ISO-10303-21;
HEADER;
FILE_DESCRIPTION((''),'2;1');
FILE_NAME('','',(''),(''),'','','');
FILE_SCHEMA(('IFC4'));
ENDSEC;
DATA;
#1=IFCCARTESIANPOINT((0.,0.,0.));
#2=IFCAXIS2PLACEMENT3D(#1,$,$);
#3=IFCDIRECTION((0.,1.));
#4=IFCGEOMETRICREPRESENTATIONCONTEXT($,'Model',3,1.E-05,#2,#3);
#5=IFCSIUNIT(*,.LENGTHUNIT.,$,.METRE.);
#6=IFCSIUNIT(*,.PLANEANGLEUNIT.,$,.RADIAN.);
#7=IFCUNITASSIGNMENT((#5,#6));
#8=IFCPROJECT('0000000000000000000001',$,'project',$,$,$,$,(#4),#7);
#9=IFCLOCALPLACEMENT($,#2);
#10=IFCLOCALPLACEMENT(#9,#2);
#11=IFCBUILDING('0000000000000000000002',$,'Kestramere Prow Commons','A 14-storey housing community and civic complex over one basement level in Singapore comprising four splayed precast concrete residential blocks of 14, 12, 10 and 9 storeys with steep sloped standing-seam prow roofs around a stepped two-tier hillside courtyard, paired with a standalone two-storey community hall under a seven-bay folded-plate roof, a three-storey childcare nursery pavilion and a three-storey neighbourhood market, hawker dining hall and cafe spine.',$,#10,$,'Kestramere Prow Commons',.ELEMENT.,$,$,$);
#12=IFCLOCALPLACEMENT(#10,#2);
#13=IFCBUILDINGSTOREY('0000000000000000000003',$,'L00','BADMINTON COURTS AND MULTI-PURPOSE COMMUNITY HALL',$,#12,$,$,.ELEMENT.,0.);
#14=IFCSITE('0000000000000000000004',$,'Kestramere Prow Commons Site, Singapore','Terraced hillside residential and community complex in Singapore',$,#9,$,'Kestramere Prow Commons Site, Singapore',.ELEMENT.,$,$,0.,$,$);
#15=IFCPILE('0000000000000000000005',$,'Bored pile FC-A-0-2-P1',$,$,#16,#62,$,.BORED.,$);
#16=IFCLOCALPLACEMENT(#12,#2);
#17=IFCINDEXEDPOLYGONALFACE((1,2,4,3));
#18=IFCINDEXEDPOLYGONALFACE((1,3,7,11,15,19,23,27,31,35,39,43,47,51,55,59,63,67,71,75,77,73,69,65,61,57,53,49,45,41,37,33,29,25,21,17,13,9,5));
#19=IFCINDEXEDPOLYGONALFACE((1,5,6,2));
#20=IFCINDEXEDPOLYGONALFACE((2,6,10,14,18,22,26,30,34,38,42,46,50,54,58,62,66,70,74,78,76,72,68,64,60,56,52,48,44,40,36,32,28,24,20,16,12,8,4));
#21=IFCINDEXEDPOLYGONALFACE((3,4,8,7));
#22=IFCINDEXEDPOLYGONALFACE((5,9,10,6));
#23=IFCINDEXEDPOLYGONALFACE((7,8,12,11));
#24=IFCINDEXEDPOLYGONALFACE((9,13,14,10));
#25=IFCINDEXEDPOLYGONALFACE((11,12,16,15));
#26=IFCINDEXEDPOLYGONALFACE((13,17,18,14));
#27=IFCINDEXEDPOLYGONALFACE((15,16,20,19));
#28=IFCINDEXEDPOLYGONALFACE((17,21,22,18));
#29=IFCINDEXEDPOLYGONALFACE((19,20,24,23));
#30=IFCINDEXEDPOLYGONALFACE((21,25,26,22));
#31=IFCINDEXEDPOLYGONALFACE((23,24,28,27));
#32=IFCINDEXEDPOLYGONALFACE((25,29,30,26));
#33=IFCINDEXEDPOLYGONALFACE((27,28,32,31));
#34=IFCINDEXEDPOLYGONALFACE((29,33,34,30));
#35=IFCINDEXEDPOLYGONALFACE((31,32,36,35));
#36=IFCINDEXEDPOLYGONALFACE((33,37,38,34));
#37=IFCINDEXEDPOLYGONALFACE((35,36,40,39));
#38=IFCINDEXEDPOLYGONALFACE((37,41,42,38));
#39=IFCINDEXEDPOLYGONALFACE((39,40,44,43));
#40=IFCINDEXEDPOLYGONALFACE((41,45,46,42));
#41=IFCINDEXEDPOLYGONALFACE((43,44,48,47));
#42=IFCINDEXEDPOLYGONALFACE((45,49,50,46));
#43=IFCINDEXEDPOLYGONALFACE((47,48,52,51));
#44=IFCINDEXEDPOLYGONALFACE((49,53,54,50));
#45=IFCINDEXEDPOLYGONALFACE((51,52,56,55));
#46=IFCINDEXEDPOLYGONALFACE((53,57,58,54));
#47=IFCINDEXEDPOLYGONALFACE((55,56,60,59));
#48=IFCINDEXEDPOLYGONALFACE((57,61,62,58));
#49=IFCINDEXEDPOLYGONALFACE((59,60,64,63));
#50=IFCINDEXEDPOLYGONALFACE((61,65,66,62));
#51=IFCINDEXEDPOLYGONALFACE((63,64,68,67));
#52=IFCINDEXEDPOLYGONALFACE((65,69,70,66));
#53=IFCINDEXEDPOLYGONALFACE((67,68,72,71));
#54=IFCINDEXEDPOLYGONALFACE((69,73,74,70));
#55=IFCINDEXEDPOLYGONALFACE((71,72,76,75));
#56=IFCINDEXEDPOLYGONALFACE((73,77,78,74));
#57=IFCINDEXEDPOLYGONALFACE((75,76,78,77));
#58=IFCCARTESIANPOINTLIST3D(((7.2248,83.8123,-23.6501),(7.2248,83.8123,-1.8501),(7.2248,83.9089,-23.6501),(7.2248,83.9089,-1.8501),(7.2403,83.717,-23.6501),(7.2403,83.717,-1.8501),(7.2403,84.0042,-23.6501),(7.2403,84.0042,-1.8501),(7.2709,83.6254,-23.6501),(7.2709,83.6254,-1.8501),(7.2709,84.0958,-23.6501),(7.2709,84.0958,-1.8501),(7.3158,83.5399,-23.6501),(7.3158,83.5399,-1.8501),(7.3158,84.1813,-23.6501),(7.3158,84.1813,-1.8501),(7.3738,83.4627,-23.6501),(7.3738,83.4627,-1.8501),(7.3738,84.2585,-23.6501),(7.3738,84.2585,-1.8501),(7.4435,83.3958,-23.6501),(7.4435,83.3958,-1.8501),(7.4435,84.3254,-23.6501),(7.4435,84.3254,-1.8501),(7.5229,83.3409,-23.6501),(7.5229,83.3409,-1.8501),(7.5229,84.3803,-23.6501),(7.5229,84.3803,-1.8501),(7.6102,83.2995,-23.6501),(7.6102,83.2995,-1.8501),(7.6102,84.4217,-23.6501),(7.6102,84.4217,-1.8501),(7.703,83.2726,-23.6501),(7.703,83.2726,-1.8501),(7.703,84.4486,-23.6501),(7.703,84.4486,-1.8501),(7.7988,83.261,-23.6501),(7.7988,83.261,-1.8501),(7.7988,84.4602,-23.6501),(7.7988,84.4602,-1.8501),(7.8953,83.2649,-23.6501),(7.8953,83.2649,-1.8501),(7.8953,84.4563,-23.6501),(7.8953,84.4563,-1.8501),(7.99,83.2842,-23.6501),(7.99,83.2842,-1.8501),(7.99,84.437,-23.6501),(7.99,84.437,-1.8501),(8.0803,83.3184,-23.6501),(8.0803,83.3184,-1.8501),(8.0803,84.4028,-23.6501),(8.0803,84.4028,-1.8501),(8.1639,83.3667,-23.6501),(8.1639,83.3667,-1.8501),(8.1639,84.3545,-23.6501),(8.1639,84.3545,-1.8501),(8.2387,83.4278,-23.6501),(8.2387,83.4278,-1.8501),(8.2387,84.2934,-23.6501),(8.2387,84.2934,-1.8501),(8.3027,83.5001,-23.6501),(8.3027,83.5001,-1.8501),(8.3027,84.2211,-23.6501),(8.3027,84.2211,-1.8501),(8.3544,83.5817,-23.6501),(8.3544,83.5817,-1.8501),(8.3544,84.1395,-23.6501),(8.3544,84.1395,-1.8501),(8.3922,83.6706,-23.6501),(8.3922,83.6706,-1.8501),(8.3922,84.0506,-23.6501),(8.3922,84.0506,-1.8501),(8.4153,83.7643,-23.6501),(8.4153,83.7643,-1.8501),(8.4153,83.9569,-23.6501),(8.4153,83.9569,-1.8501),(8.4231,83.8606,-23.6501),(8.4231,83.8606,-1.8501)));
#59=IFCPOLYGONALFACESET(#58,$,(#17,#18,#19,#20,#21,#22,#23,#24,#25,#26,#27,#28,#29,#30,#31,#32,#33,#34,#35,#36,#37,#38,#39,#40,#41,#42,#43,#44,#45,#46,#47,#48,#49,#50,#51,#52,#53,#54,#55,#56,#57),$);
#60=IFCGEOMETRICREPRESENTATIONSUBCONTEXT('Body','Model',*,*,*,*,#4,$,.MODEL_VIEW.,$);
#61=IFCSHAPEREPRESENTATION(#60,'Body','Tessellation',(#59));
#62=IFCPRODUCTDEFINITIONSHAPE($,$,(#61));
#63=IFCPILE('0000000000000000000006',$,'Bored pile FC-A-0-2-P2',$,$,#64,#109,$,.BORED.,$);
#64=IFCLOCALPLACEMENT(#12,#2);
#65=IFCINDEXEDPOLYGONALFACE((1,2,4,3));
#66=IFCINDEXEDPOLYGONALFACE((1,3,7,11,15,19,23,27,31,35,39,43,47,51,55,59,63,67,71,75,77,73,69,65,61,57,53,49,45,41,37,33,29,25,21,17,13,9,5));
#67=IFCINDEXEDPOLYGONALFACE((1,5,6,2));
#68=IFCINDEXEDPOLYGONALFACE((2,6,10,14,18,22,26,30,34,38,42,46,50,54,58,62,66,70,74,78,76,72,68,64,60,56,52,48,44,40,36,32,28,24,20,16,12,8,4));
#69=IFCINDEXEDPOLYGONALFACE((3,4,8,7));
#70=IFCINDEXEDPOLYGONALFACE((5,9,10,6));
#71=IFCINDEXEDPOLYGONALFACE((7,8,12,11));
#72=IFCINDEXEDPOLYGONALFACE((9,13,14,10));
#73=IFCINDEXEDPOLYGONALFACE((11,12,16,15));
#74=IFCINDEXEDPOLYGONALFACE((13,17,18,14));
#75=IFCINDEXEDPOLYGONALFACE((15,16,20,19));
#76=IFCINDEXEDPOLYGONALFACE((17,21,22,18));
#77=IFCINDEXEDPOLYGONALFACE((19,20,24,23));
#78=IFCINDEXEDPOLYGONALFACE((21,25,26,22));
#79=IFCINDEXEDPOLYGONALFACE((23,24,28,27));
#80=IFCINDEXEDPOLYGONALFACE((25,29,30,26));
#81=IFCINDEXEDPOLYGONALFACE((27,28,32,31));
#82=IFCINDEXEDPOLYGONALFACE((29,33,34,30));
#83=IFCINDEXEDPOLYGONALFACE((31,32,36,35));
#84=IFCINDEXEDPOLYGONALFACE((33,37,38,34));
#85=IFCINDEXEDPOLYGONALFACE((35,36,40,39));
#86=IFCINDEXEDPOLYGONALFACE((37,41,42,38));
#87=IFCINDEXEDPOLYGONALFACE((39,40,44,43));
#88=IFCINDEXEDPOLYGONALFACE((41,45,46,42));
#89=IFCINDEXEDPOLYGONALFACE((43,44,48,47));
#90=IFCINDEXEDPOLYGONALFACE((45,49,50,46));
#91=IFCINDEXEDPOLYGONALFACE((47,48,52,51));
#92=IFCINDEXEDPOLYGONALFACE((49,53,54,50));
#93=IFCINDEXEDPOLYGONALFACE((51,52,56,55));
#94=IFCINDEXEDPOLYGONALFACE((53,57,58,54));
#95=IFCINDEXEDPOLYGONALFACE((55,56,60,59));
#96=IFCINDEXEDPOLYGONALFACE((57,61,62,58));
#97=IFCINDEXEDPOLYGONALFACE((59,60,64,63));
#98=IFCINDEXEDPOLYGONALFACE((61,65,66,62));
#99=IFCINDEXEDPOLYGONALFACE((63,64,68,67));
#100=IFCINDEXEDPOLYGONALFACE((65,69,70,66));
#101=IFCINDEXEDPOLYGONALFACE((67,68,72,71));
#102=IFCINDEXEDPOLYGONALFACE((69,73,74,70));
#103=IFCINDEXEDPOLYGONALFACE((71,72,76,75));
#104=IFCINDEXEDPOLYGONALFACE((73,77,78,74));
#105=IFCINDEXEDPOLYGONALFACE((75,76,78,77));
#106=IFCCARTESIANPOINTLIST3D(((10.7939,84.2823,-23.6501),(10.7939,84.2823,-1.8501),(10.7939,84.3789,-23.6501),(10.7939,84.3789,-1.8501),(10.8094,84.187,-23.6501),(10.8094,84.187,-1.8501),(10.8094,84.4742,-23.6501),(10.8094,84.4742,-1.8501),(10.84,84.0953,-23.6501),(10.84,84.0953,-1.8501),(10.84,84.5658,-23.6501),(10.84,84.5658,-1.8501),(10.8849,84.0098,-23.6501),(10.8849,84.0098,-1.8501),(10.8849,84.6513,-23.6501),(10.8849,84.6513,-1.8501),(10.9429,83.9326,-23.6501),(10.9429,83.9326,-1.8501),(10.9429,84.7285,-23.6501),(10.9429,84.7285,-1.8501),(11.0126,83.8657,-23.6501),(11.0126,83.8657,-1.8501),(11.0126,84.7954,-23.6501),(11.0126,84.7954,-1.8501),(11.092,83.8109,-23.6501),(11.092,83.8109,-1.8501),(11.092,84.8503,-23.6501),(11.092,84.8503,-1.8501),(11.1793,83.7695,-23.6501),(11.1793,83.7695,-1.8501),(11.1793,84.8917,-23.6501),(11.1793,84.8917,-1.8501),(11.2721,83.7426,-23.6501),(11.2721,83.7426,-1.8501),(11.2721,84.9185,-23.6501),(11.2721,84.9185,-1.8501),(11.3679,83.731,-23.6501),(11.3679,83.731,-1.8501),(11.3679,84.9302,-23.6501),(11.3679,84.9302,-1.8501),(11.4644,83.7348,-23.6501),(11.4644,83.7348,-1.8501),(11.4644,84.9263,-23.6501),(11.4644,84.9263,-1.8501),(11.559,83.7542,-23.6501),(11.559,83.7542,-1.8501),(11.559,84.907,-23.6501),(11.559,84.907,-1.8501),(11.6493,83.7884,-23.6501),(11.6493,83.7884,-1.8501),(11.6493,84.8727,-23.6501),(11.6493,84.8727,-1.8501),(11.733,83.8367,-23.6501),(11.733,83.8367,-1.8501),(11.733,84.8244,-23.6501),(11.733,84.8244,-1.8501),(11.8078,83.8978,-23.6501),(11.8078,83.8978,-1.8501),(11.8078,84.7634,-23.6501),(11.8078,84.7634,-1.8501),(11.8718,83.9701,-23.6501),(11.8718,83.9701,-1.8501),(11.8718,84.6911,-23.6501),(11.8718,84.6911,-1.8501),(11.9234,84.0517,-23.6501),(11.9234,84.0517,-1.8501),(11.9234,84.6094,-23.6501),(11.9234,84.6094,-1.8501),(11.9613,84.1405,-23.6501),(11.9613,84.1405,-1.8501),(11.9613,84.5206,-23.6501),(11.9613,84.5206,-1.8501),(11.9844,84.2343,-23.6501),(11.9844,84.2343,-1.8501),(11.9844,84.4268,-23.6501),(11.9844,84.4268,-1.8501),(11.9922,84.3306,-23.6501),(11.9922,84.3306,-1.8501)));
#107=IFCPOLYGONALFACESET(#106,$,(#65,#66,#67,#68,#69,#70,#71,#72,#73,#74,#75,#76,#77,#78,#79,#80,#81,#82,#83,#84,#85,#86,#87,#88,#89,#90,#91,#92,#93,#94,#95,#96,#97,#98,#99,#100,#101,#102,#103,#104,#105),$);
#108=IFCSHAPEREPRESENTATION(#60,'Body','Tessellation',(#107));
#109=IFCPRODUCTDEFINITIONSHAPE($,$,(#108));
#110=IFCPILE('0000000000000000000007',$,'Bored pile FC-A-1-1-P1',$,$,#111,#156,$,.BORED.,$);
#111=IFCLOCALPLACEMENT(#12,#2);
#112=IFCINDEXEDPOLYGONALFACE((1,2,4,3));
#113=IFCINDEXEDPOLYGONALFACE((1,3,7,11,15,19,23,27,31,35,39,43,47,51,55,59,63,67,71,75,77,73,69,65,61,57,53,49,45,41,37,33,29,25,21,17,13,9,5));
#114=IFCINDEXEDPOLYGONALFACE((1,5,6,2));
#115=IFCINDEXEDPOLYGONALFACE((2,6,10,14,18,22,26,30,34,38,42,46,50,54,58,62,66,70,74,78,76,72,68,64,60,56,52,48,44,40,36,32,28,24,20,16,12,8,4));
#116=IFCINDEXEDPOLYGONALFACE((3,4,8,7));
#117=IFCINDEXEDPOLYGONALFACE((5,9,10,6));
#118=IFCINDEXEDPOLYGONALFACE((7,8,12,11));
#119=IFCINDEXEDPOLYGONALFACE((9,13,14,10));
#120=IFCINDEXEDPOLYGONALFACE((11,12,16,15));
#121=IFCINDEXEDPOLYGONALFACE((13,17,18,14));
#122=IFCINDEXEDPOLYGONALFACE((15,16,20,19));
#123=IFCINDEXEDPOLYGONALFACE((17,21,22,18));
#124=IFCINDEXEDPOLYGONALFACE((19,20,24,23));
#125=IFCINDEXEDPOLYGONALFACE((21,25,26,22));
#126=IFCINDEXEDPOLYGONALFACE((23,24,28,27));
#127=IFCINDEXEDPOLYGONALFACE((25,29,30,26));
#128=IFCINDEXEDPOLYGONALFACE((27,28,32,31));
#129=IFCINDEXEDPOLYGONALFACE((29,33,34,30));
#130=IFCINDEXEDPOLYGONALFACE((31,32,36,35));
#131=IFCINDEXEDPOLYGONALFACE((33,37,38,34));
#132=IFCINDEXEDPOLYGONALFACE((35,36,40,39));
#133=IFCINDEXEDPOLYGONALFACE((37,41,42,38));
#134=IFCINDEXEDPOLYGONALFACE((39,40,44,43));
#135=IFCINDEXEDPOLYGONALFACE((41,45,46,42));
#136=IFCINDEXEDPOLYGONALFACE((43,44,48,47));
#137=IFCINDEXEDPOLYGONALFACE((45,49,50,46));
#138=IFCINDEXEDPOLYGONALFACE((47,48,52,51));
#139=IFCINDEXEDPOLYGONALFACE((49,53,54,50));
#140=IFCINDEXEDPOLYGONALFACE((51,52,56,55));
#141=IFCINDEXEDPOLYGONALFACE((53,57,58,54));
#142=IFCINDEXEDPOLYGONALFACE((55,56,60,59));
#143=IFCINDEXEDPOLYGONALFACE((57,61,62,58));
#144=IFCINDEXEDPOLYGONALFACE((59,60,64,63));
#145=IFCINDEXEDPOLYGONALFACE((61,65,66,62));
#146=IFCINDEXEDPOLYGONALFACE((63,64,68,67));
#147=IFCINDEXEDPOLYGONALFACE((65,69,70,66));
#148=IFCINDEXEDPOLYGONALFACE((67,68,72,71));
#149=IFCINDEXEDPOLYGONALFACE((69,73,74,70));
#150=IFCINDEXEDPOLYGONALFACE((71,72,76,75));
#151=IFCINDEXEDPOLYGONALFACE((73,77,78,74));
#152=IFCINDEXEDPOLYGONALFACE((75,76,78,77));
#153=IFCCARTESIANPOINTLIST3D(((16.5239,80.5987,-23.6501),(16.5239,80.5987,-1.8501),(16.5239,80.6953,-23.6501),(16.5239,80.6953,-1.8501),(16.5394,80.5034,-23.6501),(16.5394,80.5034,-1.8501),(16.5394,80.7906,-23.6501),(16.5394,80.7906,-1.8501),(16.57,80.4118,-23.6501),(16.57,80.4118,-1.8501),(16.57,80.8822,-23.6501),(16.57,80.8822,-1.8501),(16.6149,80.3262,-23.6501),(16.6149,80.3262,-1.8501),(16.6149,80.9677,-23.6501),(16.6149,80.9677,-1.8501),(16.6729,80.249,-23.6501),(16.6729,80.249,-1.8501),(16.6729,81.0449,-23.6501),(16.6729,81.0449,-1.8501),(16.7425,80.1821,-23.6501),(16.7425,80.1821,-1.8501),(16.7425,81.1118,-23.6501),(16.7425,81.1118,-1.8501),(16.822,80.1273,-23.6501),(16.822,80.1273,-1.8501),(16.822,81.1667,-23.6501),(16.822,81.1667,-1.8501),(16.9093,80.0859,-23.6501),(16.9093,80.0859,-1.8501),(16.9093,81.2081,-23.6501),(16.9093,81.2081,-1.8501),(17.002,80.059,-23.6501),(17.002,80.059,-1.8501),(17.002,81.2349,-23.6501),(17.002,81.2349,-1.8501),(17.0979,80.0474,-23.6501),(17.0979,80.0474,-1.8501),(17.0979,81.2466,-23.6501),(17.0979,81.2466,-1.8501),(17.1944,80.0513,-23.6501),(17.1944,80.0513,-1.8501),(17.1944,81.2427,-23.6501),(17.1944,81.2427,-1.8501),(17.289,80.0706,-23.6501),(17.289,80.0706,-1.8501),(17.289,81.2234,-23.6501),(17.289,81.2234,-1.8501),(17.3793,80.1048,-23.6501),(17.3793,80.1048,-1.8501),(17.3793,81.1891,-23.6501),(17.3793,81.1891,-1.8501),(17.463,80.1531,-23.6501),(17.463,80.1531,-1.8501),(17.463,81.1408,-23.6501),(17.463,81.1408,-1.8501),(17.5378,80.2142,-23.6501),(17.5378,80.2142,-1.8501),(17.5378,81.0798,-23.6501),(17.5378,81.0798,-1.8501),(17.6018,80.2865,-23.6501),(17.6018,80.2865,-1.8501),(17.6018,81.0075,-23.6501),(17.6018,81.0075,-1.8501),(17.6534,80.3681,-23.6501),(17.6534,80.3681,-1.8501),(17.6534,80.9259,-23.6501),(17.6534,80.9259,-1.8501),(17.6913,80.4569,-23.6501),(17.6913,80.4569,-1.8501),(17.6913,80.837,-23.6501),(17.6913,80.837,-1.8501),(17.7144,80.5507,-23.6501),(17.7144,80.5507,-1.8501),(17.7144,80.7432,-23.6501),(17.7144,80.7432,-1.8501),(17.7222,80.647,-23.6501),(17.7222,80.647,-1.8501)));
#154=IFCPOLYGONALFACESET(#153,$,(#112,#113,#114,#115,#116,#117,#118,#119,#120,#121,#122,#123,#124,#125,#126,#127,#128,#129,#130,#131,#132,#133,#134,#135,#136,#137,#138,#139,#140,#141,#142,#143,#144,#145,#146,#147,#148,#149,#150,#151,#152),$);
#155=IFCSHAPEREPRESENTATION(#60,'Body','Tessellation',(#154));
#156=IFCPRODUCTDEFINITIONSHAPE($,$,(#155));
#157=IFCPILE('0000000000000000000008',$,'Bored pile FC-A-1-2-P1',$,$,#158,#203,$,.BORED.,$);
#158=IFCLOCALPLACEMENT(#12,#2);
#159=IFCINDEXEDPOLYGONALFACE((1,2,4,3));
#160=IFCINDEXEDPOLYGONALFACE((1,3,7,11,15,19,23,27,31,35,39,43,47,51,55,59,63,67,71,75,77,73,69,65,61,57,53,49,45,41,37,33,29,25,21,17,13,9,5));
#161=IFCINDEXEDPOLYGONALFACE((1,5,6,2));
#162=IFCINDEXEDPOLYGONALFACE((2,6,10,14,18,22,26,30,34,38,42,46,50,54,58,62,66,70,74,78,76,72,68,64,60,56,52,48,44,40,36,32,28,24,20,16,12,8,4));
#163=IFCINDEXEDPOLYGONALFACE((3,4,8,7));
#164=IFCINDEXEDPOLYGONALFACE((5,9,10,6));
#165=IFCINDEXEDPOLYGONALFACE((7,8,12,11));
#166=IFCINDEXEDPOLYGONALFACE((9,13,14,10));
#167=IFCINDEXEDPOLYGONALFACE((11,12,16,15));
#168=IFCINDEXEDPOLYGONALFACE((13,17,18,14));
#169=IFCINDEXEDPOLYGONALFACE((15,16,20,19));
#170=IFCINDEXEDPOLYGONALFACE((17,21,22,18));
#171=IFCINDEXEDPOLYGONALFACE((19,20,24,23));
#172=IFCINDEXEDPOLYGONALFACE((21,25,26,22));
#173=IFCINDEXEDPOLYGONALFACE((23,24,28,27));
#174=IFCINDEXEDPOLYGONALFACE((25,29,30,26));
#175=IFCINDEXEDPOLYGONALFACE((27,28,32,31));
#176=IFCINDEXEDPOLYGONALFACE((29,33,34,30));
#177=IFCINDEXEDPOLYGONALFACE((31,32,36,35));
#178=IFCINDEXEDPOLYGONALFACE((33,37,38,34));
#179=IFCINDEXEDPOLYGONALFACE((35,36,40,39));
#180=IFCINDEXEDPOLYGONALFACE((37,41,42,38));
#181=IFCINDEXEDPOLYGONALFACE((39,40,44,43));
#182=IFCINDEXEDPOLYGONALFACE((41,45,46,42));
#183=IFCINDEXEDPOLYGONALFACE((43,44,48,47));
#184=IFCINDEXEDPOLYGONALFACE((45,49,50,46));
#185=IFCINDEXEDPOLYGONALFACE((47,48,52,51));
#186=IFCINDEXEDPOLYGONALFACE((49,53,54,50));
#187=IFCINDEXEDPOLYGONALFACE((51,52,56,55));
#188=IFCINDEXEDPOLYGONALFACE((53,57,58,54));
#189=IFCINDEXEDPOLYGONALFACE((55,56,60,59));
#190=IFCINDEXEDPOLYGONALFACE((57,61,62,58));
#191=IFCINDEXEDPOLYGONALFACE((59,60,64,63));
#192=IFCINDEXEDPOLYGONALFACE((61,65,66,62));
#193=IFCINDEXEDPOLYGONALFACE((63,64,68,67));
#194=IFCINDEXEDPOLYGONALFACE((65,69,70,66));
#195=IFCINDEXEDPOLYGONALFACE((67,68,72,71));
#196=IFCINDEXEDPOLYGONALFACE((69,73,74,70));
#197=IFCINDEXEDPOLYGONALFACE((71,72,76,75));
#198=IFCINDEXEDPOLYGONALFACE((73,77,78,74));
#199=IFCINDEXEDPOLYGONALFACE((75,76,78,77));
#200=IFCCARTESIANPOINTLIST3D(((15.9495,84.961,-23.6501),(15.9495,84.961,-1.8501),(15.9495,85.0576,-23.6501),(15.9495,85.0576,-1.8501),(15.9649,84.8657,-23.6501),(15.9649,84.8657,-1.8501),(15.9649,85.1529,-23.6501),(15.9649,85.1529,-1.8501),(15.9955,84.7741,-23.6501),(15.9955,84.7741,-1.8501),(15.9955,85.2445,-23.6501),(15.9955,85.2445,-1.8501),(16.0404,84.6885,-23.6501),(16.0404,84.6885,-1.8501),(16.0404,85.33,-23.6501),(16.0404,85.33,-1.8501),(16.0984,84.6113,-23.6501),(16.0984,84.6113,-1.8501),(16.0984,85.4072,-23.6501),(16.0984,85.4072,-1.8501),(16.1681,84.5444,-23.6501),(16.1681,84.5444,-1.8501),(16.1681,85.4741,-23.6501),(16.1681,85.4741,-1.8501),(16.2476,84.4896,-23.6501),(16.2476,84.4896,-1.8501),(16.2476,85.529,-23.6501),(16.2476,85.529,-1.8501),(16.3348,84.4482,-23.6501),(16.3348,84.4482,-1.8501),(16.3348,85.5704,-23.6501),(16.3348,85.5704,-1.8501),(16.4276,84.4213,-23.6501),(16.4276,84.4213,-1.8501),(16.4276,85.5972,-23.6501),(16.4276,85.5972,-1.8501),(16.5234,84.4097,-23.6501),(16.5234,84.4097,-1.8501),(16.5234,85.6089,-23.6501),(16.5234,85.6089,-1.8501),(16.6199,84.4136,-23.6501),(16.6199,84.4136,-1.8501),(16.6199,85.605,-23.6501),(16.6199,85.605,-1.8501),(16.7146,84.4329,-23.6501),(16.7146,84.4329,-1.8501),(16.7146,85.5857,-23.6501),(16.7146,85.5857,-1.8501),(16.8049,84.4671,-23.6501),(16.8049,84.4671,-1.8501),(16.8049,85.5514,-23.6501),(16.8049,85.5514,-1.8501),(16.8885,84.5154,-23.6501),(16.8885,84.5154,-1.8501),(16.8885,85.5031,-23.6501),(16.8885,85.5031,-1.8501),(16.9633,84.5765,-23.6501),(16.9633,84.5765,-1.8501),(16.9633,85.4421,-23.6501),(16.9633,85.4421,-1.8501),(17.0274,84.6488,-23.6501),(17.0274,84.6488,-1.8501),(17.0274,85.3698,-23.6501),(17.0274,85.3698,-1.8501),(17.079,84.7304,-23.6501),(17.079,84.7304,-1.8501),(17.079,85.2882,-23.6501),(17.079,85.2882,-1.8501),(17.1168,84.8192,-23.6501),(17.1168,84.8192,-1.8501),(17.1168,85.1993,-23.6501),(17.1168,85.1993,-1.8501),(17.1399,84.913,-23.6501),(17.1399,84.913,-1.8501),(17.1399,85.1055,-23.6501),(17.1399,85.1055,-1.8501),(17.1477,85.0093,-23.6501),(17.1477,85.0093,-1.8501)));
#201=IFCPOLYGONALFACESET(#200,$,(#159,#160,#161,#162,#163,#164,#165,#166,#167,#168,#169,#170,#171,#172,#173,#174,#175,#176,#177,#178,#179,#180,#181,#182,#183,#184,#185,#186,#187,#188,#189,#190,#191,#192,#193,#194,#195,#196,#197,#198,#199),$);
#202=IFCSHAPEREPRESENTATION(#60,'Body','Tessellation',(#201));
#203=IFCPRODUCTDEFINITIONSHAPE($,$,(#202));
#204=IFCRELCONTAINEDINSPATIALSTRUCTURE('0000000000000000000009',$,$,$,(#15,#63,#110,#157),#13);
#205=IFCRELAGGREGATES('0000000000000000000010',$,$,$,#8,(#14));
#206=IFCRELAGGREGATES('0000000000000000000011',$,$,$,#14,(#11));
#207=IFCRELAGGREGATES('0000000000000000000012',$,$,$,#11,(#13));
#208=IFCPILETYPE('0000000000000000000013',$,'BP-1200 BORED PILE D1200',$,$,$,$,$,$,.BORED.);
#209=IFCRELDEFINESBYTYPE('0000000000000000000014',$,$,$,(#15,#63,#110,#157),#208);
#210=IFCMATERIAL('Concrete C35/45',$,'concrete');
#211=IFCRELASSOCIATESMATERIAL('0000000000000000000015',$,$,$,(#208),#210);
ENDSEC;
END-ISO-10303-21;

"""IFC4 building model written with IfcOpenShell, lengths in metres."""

from ifc_helpers import new_model, si_unit, direction, frame, origin, origin_2d, place, context, subcontext, project, spatial, circle, extrude, material, material_profile, profile_set, type_object, element, save


model = new_model("IFC4")

# Units and contexts
model_context = context("Model", 3, precision=1e-05, world=origin(), true_north=direction((0.0, 1.0)))
body_context = subcontext(model_context, "Body", "Model", "MODEL_VIEW")
ifc_project = project(units=[si_unit("LENGTHUNIT", "METRE"), si_unit("PLANEANGLEUNIT", "RADIAN")], contexts=[model_context])

# Site, building, storey
site_placement = place(None, origin())
site = spatial("IfcSite", under=ifc_project, at=site_placement, Name="Kestramere Prow Commons Site, Singapore", Description="Terraced hillside residential and community complex in Singapore", LongName="Kestramere Prow Commons Site, Singapore", CompositionType="ELEMENT", RefElevation=0.0)
building_placement = place(site_placement, origin())
building = spatial("IfcBuilding", under=site, at=building_placement, Name="Kestramere Prow Commons", Description="A 14-storey housing community and civic complex over one basement level in Singapore comprising four splayed precast concrete residential blocks of 14, 12, 10 and 9 storeys with steep sloped standing-seam prow roofs around a stepped two-tier hillside courtyard, paired with a standalone two-storey community hall under a seven-bay folded-plate roof, a three-storey childcare nursery pavilion and a three-storey neighbourhood market, hawker dining hall and cafe spine.", LongName="Kestramere Prow Commons", CompositionType="ELEMENT")
storey_placement = place(building_placement, origin())
storey = spatial("IfcBuildingStorey", under=building, at=storey_placement, Name="L00", Description="BADMINTON COURTS AND MULTI-PURPOSE COMMUNITY HALL", CompositionType="ELEMENT", Elevation=0.0)

# Piles
ifc_material_1 = material(Name="Concrete C35/45", Category="concrete")
ifc_material_profile_1 = material_profile(ifc_material_1, circle(Radius=0.6001, at=origin_2d()), Name="BORED PILE D1200")
ifc_profile_set_1 = profile_set([ifc_material_profile_1], Name="Concrete C35/45")
pile_type = type_object("IfcPileType", Name="BP-1200 BORED PILE D1200", PredefinedType="BORED", material=ifc_profile_set_1)
for number, where, z_axis, x_axis, name in (
    (1, (7.823, 83.8606, -1.8501), (0.0, 0.0, -1.0), (1.0, 0.0, 0.0), "Bored pile FC-A-0-2-P1"),
    (2, (11.3921, 84.3306, -1.8501), (0.0, 0.0, -1.0), (1.0, 0.0, 0.0), "Bored pile FC-A-0-2-P2"),
    (3, (17.1221, 80.647, -1.8501), (0.0, 0.0, -1.0), (1.0, 0.0, 0.0), "Bored pile FC-A-1-1-P1"),
    (4, (16.5476, 85.0093, -1.8501), (0.0, 0.0, -1.0), (1.0, 0.0, 0.0), "Bored pile FC-A-1-2-P1"),
):
    element("IfcPile", number, at=place(storey_placement, frame(where, z_axis=z_axis, x_axis=x_axis)), inside=storey, type_object=pile_type, Name=name, PredefinedType="BORED", context=body_context, shape_type="SweptSolid", body=[
        extrude(circle(Radius=0.6001, at=origin_2d()), origin(), (0.0, 0.0, 1.0), 21.8),
    ])

save(model, "model.ifc")
